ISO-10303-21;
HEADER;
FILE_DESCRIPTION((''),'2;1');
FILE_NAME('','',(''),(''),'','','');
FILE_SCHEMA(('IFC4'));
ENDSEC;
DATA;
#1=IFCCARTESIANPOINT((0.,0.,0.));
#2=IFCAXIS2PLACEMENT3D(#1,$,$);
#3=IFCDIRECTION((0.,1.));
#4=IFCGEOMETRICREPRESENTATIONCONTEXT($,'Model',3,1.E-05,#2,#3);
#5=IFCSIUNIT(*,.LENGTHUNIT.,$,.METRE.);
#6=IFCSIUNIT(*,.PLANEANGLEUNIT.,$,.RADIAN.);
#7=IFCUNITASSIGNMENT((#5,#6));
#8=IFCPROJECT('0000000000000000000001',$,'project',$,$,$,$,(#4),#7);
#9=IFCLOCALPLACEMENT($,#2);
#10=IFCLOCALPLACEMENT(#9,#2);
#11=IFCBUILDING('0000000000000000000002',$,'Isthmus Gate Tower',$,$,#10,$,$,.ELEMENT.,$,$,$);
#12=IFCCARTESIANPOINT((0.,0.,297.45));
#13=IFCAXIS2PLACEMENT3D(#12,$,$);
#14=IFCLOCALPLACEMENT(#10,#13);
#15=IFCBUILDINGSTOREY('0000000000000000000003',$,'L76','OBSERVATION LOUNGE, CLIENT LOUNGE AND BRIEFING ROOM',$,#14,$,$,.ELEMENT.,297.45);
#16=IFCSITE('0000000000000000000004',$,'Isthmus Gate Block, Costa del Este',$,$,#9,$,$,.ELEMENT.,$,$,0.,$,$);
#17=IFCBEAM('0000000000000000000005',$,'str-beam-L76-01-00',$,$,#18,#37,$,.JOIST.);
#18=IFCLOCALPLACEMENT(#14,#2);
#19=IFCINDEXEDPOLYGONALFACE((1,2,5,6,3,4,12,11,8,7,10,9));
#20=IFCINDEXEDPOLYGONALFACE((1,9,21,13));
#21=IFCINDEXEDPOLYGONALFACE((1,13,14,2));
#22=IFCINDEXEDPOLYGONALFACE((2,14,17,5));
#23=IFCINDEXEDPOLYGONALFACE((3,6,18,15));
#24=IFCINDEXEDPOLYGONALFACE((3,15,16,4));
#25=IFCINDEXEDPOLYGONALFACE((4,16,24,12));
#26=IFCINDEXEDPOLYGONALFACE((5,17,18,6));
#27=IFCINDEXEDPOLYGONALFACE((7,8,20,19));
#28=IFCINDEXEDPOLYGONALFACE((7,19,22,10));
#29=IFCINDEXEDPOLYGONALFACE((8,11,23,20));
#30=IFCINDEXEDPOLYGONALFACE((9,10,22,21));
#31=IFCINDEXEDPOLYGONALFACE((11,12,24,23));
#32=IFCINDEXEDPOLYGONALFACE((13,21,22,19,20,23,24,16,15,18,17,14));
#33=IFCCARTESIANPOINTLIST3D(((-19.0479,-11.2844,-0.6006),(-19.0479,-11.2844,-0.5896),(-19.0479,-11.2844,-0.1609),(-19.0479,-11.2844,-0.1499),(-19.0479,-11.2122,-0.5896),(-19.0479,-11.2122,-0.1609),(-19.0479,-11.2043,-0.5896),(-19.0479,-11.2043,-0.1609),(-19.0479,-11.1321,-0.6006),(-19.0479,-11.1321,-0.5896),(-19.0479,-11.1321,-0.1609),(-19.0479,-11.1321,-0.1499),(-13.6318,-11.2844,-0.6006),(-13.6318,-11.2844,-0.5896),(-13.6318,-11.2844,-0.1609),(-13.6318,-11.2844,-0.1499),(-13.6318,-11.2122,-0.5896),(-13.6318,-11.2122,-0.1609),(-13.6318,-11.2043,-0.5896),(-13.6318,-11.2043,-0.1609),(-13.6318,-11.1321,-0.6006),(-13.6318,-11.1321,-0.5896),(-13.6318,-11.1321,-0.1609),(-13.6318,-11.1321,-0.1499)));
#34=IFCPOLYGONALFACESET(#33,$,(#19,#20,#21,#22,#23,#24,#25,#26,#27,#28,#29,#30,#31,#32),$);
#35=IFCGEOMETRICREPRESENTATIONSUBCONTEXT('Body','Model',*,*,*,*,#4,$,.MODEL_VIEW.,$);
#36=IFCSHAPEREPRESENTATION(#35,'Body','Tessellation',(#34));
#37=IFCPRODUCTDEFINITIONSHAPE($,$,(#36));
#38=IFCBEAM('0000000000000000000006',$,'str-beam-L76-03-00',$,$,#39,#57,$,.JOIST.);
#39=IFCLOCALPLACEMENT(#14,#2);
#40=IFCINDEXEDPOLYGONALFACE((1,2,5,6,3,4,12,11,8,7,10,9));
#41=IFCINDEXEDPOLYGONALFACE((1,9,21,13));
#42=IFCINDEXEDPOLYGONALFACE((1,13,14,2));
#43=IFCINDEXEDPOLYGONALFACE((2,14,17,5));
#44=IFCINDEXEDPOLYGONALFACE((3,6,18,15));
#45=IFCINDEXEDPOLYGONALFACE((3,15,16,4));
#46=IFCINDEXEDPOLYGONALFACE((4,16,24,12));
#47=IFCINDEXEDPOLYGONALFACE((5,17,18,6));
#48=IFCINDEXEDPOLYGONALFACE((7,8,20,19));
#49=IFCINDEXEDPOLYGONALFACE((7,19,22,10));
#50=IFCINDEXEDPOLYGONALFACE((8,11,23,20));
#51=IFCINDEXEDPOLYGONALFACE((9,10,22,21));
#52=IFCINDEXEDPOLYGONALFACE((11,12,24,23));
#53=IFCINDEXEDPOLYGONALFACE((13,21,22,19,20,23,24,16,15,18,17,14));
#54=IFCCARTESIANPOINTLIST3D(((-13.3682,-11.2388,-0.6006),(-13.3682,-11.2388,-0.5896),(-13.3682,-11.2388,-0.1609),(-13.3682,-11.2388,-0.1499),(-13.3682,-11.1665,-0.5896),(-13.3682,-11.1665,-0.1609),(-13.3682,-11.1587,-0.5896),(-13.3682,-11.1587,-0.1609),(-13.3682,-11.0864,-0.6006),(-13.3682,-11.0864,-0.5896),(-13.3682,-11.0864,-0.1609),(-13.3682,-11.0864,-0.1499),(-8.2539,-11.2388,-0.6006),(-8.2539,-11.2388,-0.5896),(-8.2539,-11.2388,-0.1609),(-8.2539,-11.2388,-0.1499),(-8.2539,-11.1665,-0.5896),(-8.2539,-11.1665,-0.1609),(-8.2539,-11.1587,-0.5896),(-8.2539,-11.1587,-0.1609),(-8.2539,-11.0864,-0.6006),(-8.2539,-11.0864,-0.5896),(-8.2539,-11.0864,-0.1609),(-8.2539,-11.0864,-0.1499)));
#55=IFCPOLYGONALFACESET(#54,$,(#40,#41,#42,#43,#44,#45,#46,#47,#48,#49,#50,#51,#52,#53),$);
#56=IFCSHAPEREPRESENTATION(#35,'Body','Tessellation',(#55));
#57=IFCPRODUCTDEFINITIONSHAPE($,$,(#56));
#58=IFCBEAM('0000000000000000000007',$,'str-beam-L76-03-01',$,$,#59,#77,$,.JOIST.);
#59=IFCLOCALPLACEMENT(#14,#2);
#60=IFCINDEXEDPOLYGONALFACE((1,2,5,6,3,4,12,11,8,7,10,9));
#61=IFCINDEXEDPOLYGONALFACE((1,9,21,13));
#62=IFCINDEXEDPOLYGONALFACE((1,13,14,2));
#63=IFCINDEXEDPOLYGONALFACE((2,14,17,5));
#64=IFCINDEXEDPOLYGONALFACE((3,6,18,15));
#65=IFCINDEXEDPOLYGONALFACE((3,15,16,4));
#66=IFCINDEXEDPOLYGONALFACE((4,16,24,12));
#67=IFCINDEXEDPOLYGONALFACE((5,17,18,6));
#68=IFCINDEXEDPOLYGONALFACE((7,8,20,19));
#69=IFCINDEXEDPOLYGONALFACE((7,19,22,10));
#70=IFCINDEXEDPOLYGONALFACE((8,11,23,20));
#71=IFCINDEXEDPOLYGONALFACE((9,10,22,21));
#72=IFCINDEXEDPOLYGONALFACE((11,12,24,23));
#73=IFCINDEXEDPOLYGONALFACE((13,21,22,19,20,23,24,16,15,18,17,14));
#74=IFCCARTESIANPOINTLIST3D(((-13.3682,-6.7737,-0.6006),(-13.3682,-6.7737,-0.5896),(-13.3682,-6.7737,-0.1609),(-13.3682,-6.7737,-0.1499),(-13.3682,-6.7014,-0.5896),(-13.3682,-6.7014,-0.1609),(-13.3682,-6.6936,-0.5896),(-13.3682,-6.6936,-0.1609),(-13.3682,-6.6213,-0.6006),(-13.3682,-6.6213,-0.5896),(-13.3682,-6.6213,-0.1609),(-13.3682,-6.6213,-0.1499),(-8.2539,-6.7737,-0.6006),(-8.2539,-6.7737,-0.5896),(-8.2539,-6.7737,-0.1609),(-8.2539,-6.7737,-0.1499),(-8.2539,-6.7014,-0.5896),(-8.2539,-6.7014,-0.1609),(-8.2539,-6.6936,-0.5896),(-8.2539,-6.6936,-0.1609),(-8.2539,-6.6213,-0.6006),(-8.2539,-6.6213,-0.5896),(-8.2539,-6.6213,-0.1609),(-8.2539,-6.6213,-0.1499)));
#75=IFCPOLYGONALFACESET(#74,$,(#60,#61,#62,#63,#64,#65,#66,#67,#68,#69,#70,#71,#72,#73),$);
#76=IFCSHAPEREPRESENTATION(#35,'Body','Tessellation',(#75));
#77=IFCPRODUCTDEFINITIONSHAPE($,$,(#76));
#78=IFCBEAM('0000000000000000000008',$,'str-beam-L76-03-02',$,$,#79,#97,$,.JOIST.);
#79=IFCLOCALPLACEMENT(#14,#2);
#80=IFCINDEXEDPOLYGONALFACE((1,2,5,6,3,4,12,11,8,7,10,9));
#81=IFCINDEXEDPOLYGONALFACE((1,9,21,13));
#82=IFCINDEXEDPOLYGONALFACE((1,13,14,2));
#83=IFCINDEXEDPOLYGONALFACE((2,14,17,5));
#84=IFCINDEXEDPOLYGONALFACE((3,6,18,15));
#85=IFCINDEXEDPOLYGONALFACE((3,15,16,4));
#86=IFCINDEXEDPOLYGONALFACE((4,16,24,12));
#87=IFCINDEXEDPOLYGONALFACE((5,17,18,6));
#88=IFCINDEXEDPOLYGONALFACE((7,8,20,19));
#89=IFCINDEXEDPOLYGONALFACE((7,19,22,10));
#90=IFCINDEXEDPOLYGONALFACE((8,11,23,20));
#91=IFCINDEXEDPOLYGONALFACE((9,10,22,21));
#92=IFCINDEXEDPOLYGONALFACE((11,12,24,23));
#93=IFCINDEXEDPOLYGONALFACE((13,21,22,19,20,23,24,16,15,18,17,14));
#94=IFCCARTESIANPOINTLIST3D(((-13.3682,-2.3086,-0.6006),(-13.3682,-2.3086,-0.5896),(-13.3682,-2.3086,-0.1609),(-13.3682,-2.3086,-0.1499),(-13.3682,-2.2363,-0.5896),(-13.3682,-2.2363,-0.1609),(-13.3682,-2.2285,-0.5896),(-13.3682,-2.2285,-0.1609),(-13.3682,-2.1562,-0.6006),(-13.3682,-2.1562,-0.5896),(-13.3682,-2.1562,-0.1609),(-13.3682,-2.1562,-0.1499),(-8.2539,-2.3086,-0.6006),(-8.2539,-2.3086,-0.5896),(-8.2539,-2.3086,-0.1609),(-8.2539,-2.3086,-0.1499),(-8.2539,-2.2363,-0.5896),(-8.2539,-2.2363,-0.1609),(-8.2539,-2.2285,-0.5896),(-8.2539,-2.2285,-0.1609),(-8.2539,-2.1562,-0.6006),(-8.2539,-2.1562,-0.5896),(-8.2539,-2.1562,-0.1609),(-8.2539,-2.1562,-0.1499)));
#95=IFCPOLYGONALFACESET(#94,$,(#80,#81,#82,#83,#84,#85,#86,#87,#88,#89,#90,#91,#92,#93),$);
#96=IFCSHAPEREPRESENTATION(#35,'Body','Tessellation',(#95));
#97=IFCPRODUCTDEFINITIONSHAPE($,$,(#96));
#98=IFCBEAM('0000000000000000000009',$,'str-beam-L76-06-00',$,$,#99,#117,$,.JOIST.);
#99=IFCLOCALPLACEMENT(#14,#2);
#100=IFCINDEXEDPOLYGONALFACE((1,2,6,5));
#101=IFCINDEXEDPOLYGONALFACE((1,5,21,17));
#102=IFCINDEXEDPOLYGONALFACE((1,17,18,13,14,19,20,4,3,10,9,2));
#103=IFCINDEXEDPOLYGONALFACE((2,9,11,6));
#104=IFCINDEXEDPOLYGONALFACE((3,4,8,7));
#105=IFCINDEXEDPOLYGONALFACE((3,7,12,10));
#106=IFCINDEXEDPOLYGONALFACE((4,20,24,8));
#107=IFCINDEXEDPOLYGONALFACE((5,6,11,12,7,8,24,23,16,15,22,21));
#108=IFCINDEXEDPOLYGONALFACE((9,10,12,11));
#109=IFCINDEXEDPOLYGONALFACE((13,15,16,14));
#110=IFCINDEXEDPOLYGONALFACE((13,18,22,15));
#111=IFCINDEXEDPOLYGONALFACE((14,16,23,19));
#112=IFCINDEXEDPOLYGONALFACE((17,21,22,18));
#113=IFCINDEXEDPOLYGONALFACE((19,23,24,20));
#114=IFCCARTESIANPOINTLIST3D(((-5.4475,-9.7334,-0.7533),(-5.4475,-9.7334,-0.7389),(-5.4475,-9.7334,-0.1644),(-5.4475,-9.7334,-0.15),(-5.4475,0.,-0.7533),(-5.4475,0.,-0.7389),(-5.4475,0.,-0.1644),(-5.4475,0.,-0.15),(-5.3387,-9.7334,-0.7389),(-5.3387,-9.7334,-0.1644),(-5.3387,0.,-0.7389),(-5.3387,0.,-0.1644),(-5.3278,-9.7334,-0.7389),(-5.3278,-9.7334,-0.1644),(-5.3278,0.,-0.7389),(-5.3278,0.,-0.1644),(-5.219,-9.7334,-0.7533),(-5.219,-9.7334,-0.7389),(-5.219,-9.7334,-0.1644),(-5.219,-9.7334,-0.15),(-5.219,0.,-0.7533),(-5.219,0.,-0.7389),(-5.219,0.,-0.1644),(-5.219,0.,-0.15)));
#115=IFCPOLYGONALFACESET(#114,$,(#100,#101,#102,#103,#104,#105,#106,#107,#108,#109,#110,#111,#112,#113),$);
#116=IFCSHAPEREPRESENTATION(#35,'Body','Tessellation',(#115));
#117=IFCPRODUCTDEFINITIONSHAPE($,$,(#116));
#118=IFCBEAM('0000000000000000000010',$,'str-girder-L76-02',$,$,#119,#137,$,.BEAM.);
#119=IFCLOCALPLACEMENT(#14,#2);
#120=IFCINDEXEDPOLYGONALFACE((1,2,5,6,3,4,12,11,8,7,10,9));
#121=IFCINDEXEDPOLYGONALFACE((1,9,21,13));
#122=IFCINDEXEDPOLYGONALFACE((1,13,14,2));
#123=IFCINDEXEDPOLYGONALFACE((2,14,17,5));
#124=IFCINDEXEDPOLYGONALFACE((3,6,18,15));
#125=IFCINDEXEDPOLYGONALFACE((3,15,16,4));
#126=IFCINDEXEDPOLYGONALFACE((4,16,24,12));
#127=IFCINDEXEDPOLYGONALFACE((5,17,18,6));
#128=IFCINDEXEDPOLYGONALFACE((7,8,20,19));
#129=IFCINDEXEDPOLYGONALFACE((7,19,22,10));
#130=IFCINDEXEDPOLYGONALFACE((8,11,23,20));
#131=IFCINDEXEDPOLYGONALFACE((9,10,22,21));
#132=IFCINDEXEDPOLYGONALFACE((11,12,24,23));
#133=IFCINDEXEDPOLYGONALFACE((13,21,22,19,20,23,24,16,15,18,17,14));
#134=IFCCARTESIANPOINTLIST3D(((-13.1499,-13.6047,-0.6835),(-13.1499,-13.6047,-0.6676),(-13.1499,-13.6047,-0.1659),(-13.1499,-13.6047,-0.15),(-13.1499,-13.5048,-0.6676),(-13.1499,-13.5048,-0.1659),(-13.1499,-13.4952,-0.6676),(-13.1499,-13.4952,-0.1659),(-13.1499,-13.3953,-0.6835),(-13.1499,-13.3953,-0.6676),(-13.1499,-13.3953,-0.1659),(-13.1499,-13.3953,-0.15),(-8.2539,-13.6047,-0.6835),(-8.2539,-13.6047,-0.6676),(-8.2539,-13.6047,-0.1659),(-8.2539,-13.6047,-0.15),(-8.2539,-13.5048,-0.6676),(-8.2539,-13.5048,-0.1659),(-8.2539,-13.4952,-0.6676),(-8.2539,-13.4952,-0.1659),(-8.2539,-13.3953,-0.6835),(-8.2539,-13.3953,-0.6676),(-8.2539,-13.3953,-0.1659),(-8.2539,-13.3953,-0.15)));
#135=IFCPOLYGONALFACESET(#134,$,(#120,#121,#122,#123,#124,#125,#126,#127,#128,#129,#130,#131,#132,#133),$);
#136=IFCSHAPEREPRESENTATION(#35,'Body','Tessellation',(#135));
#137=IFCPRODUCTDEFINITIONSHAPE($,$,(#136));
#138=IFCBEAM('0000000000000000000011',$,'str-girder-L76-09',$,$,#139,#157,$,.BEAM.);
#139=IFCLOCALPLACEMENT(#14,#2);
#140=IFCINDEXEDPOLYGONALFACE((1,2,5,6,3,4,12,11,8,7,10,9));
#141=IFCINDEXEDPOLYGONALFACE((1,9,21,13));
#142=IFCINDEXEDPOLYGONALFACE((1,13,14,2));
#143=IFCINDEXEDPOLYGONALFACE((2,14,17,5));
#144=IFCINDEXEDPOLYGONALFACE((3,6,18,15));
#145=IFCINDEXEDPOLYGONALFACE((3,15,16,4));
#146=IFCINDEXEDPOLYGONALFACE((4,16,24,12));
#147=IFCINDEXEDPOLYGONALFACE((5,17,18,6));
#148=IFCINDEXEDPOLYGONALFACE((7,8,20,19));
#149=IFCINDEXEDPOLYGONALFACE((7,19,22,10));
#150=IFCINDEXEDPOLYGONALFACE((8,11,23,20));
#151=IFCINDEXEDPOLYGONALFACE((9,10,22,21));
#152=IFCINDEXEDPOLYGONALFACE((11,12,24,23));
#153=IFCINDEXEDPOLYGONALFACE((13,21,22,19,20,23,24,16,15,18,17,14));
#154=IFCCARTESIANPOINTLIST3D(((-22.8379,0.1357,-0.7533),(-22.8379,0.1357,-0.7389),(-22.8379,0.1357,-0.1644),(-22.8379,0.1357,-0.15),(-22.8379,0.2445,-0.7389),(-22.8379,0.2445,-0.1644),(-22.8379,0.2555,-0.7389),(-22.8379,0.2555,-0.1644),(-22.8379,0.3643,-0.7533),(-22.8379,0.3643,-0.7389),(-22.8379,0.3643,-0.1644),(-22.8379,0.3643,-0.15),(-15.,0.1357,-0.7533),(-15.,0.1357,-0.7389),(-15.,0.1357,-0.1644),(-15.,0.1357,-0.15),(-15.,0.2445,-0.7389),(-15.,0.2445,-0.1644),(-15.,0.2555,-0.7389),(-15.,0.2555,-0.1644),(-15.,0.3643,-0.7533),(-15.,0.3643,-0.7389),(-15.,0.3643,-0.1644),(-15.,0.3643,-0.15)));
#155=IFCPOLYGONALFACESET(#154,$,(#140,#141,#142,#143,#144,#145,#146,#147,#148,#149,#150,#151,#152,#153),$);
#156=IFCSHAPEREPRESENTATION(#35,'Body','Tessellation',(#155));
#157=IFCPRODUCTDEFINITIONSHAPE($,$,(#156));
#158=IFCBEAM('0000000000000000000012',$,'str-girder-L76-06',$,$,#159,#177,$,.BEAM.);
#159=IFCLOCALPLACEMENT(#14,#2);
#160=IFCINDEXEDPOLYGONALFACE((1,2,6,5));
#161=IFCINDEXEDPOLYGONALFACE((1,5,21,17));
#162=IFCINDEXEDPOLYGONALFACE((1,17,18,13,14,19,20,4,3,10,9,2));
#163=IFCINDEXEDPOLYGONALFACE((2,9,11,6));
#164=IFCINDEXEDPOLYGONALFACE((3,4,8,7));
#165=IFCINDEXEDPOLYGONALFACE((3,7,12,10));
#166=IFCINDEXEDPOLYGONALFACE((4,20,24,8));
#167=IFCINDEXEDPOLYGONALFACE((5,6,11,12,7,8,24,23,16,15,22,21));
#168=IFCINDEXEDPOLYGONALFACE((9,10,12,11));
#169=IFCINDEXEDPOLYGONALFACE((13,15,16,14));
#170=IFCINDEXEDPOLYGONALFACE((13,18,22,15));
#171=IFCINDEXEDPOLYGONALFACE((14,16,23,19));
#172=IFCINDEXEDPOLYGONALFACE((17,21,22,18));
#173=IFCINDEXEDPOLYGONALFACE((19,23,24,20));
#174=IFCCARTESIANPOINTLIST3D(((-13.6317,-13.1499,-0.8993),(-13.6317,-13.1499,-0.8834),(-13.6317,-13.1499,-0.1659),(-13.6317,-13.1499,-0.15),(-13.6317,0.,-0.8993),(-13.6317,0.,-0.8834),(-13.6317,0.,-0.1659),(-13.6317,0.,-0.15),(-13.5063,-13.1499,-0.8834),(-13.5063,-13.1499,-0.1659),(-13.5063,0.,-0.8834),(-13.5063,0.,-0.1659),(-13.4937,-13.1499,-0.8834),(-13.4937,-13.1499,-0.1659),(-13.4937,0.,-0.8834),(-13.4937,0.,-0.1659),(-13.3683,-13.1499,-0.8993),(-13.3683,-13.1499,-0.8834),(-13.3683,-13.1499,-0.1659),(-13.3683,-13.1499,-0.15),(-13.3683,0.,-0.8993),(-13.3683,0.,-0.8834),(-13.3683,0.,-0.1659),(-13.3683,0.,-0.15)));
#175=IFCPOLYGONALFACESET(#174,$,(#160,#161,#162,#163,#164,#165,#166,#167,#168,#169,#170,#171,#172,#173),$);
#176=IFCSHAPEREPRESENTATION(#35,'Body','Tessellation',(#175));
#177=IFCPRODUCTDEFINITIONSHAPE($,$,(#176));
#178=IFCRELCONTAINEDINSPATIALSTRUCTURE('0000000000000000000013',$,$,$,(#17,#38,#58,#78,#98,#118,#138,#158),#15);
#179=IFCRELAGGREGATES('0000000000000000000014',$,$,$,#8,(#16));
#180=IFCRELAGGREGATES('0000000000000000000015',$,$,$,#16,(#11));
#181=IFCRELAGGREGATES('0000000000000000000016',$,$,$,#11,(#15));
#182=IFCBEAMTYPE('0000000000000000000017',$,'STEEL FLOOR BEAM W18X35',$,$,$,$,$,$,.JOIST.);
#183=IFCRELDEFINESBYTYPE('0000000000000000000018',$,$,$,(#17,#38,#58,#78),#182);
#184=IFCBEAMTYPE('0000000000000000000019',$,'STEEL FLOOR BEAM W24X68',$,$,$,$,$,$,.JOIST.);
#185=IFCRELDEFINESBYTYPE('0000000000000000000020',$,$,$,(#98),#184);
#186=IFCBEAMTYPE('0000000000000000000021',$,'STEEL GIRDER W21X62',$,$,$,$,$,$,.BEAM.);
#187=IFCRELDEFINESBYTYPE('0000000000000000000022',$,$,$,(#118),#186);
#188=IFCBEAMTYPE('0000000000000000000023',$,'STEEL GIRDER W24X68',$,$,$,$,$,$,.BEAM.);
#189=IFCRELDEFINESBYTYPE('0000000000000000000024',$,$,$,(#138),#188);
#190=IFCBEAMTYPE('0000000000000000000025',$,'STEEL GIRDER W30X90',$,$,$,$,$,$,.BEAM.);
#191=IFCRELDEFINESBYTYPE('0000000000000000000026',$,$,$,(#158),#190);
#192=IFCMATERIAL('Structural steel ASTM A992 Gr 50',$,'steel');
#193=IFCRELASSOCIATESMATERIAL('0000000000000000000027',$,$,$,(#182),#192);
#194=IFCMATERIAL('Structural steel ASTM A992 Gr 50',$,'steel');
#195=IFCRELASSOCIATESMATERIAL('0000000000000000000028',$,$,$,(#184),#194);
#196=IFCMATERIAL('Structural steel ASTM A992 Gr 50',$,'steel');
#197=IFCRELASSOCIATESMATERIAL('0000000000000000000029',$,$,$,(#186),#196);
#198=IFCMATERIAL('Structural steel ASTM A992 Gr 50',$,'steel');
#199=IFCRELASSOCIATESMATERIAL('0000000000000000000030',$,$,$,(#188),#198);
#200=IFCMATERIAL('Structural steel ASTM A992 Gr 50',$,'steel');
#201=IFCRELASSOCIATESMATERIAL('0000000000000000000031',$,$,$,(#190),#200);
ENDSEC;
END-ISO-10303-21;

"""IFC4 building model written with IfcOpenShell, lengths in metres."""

from ifc_helpers import new_model, si_unit, direction, frame, origin, origin_2d, place, context, subcontext, project, spatial, i_section, extrude, material, material_profile, profile_set, type_object, element, save


model = new_model("IFC4")

# Units and contexts
model_context = context("Model", 3, precision=1e-05, world=origin(), true_north=direction((0.0, 1.0)))
body_context = subcontext(model_context, "Body", "Model", "MODEL_VIEW")
ifc_project = project(units=[si_unit("LENGTHUNIT", "METRE"), si_unit("PLANEANGLEUNIT", "RADIAN")], contexts=[model_context])

# Site, building, storey
site_placement = place(None, origin())
site = spatial("IfcSite", under=ifc_project, at=site_placement, Name="Isthmus Gate Block, Costa del Este", CompositionType="ELEMENT", RefElevation=0.0)
building_placement = place(site_placement, origin())
building = spatial("IfcBuilding", under=site, at=building_placement, Name="Isthmus Gate Tower", CompositionType="ELEMENT")
storey_placement = place(building_placement, frame((0.0, 0.0, 297.45)))
storey = spatial("IfcBuildingStorey", under=building, at=storey_placement, Name="L76", Description="OBSERVATION LOUNGE, CLIENT LOUNGE AND BRIEFING ROOM", CompositionType="ELEMENT", Elevation=297.45)

# Beams
ifc_material_1 = material(Name="Structural steel ASTM A992 Gr 50", Category="steel")
ifc_material_profile_1 = material_profile(ifc_material_1, i_section(OverallWidth=0.1523, OverallDepth=0.4507, WebThickness=0.0078, FlangeThickness=0.011, at=origin_2d()), Name="W18X35")
ifc_profile_set_1 = profile_set([ifc_material_profile_1], Name="Structural steel ASTM A992 Gr 50")
beam_type_1 = type_object("IfcBeamType", Name="STEEL FLOOR BEAM W18X35", PredefinedType="JOIST", material=ifc_profile_set_1)
beam_1_placement = place(storey_placement, frame((-19.0479, -11.2083, -0.3752), z_axis=(1.0, 0.0, 0.0), x_axis=(0.0, 1.0, 0.0)))
element("IfcBeam", 1, at=beam_1_placement, inside=storey, type_object=beam_type_1, Name="str-beam-L76-01-00", PredefinedType="JOIST", context=body_context, shape_type="SweptSolid", body=[
    extrude(i_section(OverallWidth=0.1523, OverallDepth=0.4507, WebThickness=0.0078, FlangeThickness=0.011, at=origin_2d()), origin(), (0.0, 0.0, 1.0), 5.416),
])
for number, where, z_axis, x_axis, name in (
    (2, (-13.3682, -11.1626, -0.3752), (1.0, 0.0, 0.0), (0.0, 1.0, 0.0), "str-beam-L76-03-00"),
    (3, (-13.3682, -6.6975, -0.3752), (1.0, 0.0, 0.0), (0.0, 1.0, 0.0), "str-beam-L76-03-01"),
    (4, (-13.3682, -2.2324, -0.3752), (1.0, 0.0, 0.0), (0.0, 1.0, 0.0), "str-beam-L76-03-02"),
):
    element("IfcBeam", number, at=place(storey_placement, frame(where, z_axis=z_axis, x_axis=x_axis)), inside=storey, type_object=beam_type_1, Name=name, PredefinedType="JOIST", context=body_context, shape_type="SweptSolid", body=[
        extrude(i_section(OverallWidth=0.1523, OverallDepth=0.4507, WebThickness=0.0078, FlangeThickness=0.011, at=origin_2d()), origin(), (0.0, 0.0, 1.0), 5.1143),
    ])
ifc_material_2 = material(Name="Structural steel ASTM A992 Gr 50", Category="steel")
ifc_material_profile_2 = material_profile(ifc_material_2, i_section(OverallWidth=0.2285, OverallDepth=0.6033, WebThickness=0.011, FlangeThickness=0.0144, at=origin_2d()), Name="W24X68")
ifc_profile_set_2 = profile_set([ifc_material_profile_2], Name="Structural steel ASTM A992 Gr 50")
beam_type_2 = type_object("IfcBeamType", Name="STEEL FLOOR BEAM W24X68", PredefinedType="JOIST", material=ifc_profile_set_2)
beam_2_placement = place(storey_placement, frame((-5.3333, -9.7334, -0.4517), z_axis=(0.0, 1.0, 0.0), x_axis=(-1.0, 0.0, 0.0)))
element("IfcBeam", 5, at=beam_2_placement, inside=storey, type_object=beam_type_2, Name="str-beam-L76-06-00", PredefinedType="JOIST", context=body_context, shape_type="SweptSolid", body=[
    extrude(i_section(OverallWidth=0.2285, OverallDepth=0.6033, WebThickness=0.011, FlangeThickness=0.0144, at=origin_2d()), origin(), (0.0, 0.0, 1.0), 9.7334),
])
ifc_material_3 = material(Name="Structural steel ASTM A992 Gr 50", Category="steel")
ifc_material_profile_3 = material_profile(ifc_material_3, i_section(OverallWidth=0.2095, OverallDepth=0.5334, WebThickness=0.0095, FlangeThickness=0.0159, at=origin_2d()), Name="W21X62")
ifc_profile_set_3 = profile_set([ifc_material_profile_3], Name="Structural steel ASTM A992 Gr 50")
beam_type_3 = type_object("IfcBeamType", Name="STEEL GIRDER W21X62", PredefinedType="BEAM", material=ifc_profile_set_3)
beam_3_placement = place(storey_placement, frame((-13.1499, -13.5, -0.4167), z_axis=(1.0, 0.0, 0.0), x_axis=(0.0, 1.0, 0.0)))
element("IfcBeam", 6, at=beam_3_placement, inside=storey, type_object=beam_type_3, Name="str-girder-L76-02", PredefinedType="BEAM", context=body_context, shape_type="SweptSolid", body=[
    extrude(i_section(OverallWidth=0.2095, OverallDepth=0.5334, WebThickness=0.0095, FlangeThickness=0.0159, at=origin_2d()), origin(), (0.0, 0.0, 1.0), 4.896),
])
ifc_material_4 = material(Name="Structural steel ASTM A992 Gr 50", Category="steel")
ifc_material_profile_4 = material_profile(ifc_material_4, i_section(OverallWidth=0.2285, OverallDepth=0.6033, WebThickness=0.011, FlangeThickness=0.0144, at=origin_2d()), Name="W24X68")
ifc_profile_set_4 = profile_set([ifc_material_profile_4], Name="Structural steel ASTM A992 Gr 50")
beam_type_4 = type_object("IfcBeamType", Name="STEEL GIRDER W24X68", PredefinedType="BEAM", material=ifc_profile_set_4)
beam_4_placement = place(storey_placement, frame((-15.0, 0.25, -0.4517), z_axis=(-1.0, 0.0, 0.0), x_axis=(0.0, -1.0, 0.0)))
element("IfcBeam", 7, at=beam_4_placement, inside=storey, type_object=beam_type_4, Name="str-girder-L76-09", PredefinedType="BEAM", context=body_context, shape_type="SweptSolid", body=[
    extrude(i_section(OverallWidth=0.2285, OverallDepth=0.6033, WebThickness=0.011, FlangeThickness=0.0144, at=origin_2d()), origin(), (0.0, 0.0, 1.0), 7.8379),
])
ifc_material_5 = material(Name="Structural steel ASTM A992 Gr 50", Category="steel")
ifc_material_profile_5 = material_profile(ifc_material_5, i_section(OverallWidth=0.2634, OverallDepth=0.7493, WebThickness=0.0127, FlangeThickness=0.0159, at=origin_2d()), Name="W30X90")
ifc_profile_set_5 = profile_set([ifc_material_profile_5], Name="Structural steel ASTM A992 Gr 50")
beam_type_5 = type_object("IfcBeamType", Name="STEEL GIRDER W30X90", PredefinedType="BEAM", material=ifc_profile_set_5)
beam_5_placement = place(storey_placement, frame((-13.5, -13.1499, -0.5247), z_axis=(0.0, 1.0, 0.0), x_axis=(-1.0, 0.0, 0.0)))
element("IfcBeam", 8, at=beam_5_placement, inside=storey, type_object=beam_type_5, Name="str-girder-L76-06", PredefinedType="BEAM", context=body_context, shape_type="SweptSolid", body=[
    extrude(i_section(OverallWidth=0.2634, OverallDepth=0.7493, WebThickness=0.0127, FlangeThickness=0.0159, at=origin_2d()), origin(), (0.0, 0.0, 1.0), 13.1499),
])

save(model, "model.ifc")
